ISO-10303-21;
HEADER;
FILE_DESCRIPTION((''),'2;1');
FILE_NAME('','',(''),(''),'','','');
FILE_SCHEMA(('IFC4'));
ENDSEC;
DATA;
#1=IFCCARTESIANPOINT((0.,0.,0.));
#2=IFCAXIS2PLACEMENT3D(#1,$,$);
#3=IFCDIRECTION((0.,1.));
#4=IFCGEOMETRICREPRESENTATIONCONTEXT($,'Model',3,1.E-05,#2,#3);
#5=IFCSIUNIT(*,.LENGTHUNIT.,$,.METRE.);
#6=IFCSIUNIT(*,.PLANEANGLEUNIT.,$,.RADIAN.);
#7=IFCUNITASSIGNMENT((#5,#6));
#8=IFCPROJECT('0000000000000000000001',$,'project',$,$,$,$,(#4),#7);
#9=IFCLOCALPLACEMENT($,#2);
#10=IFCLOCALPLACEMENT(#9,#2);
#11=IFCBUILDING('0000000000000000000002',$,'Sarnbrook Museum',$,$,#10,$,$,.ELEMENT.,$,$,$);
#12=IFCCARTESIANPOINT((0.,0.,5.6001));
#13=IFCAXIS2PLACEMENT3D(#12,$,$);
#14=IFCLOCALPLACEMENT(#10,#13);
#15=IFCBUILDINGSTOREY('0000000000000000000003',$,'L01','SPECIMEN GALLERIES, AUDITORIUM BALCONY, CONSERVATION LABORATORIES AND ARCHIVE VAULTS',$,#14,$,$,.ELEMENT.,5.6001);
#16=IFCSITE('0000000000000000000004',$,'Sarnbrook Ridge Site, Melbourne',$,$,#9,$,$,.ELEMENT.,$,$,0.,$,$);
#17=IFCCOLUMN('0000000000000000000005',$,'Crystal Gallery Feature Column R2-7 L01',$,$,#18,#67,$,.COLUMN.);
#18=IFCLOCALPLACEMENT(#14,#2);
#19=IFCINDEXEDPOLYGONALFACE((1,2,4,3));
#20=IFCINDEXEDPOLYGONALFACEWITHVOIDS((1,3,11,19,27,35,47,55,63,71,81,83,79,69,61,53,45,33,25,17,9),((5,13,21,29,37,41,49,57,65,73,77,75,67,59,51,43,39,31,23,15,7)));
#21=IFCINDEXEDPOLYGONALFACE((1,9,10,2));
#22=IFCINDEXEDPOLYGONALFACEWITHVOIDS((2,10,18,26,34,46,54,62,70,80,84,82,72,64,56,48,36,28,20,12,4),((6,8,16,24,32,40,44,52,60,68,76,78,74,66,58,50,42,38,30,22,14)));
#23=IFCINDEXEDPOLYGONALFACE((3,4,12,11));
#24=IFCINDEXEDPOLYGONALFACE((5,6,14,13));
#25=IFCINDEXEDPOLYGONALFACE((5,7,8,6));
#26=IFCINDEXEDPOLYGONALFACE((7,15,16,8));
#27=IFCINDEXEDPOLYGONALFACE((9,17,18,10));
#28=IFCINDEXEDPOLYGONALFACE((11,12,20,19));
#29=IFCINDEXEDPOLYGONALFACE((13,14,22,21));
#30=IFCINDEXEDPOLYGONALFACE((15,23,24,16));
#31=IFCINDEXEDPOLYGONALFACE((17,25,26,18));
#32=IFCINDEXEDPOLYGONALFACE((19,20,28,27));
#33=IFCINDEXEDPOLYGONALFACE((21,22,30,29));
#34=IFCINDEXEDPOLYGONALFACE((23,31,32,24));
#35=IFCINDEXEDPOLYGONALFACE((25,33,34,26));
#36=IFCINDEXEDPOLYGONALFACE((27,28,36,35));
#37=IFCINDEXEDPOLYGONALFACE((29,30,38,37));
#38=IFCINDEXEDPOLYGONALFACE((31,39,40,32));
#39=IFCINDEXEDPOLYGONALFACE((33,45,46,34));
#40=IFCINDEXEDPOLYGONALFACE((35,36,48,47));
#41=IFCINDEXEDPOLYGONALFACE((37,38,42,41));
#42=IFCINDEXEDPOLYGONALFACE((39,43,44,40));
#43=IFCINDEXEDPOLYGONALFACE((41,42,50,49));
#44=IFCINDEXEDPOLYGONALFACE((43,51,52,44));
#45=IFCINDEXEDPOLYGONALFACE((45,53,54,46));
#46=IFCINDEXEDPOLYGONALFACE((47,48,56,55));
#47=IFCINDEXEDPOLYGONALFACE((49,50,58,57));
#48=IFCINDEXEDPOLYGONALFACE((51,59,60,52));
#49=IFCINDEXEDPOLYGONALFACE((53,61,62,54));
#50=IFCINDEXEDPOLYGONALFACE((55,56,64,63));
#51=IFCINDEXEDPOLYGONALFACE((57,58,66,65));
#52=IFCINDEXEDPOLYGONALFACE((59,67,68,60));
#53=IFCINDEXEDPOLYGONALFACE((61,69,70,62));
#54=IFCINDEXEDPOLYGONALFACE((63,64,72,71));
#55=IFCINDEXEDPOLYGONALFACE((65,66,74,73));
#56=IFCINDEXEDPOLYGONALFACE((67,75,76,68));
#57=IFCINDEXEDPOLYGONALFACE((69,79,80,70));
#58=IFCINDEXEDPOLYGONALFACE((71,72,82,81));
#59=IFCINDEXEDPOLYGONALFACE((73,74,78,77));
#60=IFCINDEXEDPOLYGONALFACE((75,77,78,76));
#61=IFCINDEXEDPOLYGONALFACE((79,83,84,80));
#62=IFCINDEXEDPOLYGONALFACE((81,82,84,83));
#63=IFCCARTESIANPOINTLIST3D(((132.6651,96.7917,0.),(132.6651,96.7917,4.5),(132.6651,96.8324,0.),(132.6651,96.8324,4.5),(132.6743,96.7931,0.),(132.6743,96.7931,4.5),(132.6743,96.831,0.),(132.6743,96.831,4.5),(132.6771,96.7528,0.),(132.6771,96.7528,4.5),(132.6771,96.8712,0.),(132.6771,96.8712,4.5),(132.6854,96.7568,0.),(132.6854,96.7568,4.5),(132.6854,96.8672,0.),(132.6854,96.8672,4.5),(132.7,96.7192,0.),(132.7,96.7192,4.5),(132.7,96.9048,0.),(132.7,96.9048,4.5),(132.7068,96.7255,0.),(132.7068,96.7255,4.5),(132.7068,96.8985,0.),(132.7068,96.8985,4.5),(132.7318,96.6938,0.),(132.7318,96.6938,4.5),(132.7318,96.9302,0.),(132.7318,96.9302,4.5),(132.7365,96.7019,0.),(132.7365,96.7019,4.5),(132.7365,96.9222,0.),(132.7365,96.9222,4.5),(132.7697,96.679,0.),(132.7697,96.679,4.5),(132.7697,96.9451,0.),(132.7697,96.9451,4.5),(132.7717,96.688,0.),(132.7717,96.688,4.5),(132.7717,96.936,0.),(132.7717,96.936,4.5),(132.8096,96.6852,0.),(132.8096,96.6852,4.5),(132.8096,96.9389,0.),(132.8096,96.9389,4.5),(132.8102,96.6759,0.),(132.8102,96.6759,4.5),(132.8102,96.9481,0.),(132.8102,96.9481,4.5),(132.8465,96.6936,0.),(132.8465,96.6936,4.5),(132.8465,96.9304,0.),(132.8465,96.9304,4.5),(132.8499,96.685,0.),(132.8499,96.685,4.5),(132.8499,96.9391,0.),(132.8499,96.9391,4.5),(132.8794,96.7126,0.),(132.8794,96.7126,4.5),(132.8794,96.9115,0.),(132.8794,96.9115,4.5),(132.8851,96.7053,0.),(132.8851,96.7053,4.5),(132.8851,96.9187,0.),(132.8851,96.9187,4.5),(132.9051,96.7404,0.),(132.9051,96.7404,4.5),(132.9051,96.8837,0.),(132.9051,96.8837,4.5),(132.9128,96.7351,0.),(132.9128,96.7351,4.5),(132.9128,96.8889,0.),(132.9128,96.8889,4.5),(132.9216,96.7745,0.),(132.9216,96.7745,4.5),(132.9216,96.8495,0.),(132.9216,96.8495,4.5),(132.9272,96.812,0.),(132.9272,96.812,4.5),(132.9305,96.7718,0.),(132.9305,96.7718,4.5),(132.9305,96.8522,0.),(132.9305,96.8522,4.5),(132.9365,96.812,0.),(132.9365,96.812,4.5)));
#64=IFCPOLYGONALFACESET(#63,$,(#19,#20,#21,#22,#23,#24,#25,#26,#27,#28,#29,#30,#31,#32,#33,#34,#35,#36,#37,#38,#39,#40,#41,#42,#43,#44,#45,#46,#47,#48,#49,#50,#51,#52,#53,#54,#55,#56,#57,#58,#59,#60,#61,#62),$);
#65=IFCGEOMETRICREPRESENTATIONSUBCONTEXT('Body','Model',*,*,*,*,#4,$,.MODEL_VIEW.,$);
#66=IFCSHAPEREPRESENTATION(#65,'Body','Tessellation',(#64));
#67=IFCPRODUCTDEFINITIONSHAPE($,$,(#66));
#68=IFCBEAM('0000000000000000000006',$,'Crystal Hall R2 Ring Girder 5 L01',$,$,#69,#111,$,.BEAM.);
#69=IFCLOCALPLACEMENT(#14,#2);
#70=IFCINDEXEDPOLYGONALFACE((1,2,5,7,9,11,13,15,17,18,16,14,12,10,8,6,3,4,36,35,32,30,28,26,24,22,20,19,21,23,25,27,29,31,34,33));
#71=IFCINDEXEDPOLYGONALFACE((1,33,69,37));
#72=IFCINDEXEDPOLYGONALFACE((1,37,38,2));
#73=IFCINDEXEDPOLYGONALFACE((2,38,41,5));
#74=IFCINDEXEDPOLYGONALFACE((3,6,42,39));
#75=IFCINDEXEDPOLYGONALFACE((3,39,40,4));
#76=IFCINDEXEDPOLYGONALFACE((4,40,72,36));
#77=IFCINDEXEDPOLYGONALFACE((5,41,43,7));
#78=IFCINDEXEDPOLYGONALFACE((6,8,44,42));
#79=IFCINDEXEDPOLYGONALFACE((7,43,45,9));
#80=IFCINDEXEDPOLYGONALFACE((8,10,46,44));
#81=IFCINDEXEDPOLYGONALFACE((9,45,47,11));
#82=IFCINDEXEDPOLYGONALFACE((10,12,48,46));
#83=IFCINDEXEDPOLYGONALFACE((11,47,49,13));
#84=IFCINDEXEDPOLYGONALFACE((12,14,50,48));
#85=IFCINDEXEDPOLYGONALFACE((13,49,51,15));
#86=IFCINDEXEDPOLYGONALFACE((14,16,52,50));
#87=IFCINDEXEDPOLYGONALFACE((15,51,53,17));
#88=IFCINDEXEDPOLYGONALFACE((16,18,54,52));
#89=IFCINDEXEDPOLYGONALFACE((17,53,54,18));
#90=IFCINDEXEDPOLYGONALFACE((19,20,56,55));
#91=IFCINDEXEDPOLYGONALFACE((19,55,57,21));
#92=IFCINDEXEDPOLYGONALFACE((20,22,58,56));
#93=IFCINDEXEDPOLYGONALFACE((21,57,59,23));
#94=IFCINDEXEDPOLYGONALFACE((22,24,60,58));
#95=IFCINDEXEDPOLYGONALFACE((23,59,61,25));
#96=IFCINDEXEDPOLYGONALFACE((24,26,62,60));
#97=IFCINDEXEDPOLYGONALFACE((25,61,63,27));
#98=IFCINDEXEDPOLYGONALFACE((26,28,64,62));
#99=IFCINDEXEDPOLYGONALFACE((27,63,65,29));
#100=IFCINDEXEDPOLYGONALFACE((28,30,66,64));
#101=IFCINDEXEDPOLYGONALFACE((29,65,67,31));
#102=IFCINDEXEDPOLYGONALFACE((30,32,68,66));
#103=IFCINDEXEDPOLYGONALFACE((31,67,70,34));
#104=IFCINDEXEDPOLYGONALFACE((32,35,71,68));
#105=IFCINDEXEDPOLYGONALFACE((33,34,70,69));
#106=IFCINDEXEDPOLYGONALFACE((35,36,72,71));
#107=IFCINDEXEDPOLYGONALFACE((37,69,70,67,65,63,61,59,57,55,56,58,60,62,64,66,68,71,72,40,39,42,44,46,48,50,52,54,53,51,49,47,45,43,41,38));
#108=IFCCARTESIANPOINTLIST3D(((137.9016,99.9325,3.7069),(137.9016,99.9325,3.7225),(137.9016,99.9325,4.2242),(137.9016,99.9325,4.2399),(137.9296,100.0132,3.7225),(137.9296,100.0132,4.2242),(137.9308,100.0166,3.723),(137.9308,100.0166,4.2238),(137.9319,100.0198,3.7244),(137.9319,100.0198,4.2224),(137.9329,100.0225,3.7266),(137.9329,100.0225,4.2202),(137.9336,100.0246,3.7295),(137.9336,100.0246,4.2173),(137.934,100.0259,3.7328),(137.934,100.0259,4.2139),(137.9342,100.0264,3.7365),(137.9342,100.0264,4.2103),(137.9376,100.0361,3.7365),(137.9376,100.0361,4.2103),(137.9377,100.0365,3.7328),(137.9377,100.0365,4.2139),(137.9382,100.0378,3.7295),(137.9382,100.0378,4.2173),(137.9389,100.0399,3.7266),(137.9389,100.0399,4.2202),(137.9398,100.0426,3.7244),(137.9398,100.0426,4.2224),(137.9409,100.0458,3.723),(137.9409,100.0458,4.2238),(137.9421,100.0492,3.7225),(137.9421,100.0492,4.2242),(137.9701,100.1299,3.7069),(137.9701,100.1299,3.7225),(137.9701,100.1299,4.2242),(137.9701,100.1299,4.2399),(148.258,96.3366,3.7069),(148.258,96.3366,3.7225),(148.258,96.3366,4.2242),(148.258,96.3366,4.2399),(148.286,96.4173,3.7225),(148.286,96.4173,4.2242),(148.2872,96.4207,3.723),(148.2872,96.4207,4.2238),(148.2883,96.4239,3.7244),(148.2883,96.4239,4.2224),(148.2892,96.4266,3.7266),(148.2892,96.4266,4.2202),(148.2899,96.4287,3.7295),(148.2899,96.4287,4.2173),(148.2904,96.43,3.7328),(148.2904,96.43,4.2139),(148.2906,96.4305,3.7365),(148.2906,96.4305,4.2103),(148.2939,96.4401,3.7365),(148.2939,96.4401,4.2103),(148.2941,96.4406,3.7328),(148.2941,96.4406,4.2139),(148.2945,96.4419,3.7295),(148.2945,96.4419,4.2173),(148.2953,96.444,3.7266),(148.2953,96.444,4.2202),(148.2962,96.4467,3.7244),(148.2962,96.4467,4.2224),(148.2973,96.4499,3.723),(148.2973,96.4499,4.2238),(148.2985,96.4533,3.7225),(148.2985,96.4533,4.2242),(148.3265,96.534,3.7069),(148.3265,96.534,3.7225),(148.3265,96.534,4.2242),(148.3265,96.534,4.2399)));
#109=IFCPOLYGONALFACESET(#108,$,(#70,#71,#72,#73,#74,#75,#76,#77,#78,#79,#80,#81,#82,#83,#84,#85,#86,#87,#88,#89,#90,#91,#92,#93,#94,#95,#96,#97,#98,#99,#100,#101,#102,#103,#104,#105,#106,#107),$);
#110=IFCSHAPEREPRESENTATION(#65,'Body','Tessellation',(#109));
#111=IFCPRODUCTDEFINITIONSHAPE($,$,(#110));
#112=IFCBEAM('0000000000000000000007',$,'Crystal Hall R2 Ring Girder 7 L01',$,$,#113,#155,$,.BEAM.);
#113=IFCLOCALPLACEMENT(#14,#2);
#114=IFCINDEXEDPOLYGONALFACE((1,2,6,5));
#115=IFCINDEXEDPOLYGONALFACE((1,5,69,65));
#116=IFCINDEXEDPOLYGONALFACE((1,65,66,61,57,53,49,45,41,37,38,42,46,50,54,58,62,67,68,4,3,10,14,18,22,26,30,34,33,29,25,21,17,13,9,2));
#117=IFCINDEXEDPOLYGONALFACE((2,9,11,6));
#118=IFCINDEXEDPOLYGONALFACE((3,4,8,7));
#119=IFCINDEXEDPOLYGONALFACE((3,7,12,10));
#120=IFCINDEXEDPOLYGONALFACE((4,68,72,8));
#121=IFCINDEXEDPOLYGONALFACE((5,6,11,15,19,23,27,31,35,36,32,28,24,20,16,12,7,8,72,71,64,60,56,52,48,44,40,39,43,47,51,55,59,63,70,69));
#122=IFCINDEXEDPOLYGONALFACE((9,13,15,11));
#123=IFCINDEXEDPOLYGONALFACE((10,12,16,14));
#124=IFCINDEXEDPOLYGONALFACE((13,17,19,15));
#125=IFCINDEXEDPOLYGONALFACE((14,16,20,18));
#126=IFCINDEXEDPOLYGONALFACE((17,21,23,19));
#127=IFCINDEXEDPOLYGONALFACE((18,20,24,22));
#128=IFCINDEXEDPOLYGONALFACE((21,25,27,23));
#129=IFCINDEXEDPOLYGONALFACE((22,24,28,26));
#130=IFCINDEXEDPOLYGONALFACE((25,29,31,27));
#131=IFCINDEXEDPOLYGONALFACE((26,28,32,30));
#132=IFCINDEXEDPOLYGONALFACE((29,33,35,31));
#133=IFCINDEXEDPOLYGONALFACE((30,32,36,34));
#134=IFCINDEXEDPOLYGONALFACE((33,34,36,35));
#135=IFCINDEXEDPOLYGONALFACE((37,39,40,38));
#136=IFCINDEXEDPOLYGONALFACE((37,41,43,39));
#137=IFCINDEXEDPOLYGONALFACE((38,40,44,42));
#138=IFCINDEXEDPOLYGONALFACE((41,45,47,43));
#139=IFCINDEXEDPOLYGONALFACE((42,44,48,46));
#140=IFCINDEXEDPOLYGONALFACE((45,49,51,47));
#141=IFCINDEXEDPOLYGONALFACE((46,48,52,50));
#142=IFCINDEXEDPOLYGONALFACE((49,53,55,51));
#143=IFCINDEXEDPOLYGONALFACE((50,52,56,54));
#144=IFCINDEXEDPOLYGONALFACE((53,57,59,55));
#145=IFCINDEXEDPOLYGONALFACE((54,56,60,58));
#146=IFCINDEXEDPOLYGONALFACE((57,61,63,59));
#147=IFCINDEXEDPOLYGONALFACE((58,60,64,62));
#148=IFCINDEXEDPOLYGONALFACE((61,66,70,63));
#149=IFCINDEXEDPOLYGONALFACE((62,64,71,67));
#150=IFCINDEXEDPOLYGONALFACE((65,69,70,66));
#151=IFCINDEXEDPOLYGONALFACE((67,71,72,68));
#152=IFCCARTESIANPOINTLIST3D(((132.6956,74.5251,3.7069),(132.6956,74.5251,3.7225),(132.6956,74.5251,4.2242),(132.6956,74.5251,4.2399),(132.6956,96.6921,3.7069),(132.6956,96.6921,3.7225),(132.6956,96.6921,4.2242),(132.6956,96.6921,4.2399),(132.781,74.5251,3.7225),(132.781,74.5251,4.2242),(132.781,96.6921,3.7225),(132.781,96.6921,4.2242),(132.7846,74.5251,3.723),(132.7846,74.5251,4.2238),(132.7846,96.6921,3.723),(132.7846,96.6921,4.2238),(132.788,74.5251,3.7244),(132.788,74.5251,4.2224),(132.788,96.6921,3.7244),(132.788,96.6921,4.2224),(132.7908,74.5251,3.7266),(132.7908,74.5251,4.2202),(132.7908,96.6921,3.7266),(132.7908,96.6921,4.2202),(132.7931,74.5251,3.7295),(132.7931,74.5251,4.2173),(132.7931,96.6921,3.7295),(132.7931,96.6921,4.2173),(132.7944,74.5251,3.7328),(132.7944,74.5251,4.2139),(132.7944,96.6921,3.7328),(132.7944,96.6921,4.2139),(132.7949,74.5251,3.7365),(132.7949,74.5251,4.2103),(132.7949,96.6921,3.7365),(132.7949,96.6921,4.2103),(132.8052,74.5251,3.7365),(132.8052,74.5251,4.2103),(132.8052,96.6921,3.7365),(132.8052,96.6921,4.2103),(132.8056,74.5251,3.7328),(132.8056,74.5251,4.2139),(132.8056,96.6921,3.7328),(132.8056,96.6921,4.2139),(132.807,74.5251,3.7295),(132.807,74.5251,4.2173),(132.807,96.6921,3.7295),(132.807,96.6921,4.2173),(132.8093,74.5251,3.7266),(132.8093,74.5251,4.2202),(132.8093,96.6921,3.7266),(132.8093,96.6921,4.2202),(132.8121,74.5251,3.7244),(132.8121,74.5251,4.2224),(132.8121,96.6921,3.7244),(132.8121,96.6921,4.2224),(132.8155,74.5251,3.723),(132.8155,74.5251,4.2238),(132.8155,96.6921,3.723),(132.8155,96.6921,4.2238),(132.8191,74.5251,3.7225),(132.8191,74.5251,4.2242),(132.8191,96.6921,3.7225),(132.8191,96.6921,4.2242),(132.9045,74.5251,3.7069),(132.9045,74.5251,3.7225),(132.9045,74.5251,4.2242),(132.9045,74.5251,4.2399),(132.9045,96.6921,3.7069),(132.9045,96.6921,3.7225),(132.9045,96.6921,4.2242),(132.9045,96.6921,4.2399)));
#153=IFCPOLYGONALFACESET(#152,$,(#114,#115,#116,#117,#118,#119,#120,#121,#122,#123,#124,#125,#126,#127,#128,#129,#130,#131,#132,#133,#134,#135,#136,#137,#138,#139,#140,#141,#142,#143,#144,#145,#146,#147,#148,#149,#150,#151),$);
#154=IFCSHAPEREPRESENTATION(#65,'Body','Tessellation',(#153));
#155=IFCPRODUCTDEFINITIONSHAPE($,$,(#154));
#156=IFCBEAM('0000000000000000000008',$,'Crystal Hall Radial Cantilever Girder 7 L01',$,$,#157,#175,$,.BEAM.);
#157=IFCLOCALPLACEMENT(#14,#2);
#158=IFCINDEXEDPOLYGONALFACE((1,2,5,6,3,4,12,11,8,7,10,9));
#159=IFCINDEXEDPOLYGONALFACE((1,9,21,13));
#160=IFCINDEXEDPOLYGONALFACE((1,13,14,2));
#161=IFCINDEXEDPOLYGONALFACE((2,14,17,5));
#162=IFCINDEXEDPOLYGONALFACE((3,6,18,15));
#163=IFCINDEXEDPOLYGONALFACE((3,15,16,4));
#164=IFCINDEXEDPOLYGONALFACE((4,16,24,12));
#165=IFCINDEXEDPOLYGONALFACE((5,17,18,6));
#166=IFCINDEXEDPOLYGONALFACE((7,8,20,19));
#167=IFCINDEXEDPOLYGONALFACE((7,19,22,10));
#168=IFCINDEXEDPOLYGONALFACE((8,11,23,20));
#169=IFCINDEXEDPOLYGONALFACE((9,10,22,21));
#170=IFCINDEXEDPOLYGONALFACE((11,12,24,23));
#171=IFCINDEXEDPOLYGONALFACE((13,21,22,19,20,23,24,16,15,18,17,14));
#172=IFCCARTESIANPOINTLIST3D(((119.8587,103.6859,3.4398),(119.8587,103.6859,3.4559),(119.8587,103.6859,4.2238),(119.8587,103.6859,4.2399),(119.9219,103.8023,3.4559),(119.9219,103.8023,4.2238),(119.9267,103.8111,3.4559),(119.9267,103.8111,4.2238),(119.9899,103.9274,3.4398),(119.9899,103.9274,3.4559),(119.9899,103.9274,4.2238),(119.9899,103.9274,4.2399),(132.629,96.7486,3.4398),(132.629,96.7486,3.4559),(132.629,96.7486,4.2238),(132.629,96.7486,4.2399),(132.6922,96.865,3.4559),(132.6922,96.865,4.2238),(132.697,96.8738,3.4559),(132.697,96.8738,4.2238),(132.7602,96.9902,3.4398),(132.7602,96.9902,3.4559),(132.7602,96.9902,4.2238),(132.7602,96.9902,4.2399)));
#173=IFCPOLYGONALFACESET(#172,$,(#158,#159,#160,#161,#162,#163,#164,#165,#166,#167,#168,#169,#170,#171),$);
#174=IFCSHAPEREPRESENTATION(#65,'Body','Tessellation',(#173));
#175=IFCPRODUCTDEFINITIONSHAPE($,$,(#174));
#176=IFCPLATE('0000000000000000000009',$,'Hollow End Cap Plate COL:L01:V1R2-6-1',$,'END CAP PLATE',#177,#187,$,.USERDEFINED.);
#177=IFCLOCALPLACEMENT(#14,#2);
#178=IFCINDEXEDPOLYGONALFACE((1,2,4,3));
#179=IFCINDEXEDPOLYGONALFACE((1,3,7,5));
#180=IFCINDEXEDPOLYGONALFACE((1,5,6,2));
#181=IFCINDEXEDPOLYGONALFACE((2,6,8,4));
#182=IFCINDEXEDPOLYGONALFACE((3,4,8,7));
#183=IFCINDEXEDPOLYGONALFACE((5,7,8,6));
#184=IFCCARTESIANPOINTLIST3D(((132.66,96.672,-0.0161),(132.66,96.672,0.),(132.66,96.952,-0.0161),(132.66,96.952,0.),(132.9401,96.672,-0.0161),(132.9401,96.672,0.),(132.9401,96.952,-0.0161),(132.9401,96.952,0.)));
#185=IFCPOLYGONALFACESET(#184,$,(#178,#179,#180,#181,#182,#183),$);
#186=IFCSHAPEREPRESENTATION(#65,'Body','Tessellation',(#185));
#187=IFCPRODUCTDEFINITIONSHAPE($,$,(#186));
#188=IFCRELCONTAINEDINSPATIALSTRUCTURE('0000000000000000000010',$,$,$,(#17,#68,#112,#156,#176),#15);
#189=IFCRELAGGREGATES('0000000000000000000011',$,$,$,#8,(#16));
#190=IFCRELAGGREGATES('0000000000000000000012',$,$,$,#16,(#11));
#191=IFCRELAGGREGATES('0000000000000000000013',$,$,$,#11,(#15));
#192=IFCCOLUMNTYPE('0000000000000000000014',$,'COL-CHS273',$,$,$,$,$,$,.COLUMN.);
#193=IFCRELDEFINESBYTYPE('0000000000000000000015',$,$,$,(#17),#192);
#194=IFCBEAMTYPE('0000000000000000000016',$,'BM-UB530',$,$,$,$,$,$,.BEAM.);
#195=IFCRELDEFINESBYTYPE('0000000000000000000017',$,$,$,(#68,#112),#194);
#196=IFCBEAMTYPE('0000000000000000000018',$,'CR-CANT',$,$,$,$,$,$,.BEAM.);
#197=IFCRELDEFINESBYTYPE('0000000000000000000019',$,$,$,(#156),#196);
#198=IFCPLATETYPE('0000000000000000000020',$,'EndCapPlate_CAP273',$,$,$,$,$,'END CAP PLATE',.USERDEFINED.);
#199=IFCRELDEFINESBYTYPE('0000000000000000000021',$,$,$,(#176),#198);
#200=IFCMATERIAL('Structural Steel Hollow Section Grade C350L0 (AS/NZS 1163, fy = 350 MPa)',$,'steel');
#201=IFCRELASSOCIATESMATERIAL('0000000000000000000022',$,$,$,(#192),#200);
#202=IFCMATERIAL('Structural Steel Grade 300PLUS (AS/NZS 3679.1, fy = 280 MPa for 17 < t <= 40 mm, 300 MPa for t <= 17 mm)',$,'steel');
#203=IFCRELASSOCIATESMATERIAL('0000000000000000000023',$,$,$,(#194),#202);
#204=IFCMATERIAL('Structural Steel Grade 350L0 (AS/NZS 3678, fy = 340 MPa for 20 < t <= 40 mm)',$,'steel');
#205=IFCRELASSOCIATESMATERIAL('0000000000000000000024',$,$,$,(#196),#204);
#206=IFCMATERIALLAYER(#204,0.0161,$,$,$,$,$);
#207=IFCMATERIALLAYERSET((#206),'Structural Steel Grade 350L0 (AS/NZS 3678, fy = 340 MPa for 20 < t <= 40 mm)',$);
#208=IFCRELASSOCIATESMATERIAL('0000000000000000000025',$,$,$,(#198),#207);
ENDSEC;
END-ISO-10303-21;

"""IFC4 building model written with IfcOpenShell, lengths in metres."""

from ifc_helpers import new_model, si_unit, direction, frame, origin, origin_2d, place, context, subcontext, project, spatial, rectangle, hollow_circle, i_section, extrude, material, layer, layer_set, material_profile, profile_set, type_object, element, save


model = new_model("IFC4")

# Units and contexts
model_context = context("Model", 3, precision=1e-05, world=origin(), true_north=direction((0.0, 1.0)))
body_context = subcontext(model_context, "Body", "Model", "MODEL_VIEW")
ifc_project = project(units=[si_unit("LENGTHUNIT", "METRE"), si_unit("PLANEANGLEUNIT", "RADIAN")], contexts=[model_context])

# Site, building, storey
site_placement = place(None, origin())
site = spatial("IfcSite", under=ifc_project, at=site_placement, Name="Sarnbrook Ridge Site, Melbourne", CompositionType="ELEMENT", RefElevation=0.0)
building_placement = place(site_placement, origin())
building = spatial("IfcBuilding", under=site, at=building_placement, Name="Sarnbrook Museum", CompositionType="ELEMENT")
storey_placement = place(building_placement, frame((0.0, 0.0, 5.6001)))
storey = spatial("IfcBuildingStorey", under=building, at=storey_placement, Name="L01", Description="SPECIMEN GALLERIES, AUDITORIUM BALCONY, CONSERVATION LABORATORIES AND ARCHIVE VAULTS", CompositionType="ELEMENT", Elevation=5.6001)

# Column
ifc_material_1 = material(Name="Structural Steel Hollow Section Grade C350L0 (AS/NZS 1163, fy = 350 MPa)", Category="steel")
ifc_material_profile_1 = material_profile(ifc_material_1, hollow_circle(Radius=0.1365, WallThickness=0.0093, at=origin_2d()), Name="273.1x9.3CHS")
ifc_profile_set_1 = profile_set([ifc_material_profile_1], Name="Structural Steel Hollow Section Grade C350L0 (AS/NZS 1163, fy = 350 MPa)")
column_type = type_object("IfcColumnType", Name="COL-CHS273", PredefinedType="COLUMN", material=ifc_profile_set_1)
column_placement = place(storey_placement, frame((132.8, 96.812, 0.0), z_axis=(0.0, 0.0, 1.0), x_axis=(1.0, 0.0, 0.0)))
element("IfcColumn", 1, at=column_placement, inside=storey, type_object=column_type, Name="Crystal Gallery Feature Column R2-7 L01", PredefinedType="COLUMN", context=body_context, shape_type="SweptSolid", body=[
    extrude(hollow_circle(Radius=0.1365, WallThickness=0.0093, at=origin_2d()), origin(), (0.0, 0.0, 1.0), 4.5),
])

# Beams
ifc_material_2 = material(Name="Structural Steel Grade 300PLUS (AS/NZS 3679.1, fy = 280 MPa for 17 < t <= 40 mm, 300 MPa for t <= 17 mm)", Category="steel")
ifc_material_profile_2 = material_profile(ifc_material_2, i_section(OverallWidth=0.209, OverallDepth=0.533, WebThickness=0.0103, FlangeThickness=0.0156, FilletRadius=0.0139, at=origin_2d()), Name="530UB92.4")
ifc_profile_set_2 = profile_set([ifc_material_profile_2], Name="Structural Steel Grade 300PLUS (AS/NZS 3679.1, fy = 280 MPa for 17 < t <= 40 mm, 300 MPa for t <= 17 mm)")
beam_type_1 = type_object("IfcBeamType", Name="BM-UB530", PredefinedType="BEAM", material=ifc_profile_set_2)
beam_1_placement = place(storey_placement, frame((148.2922, 96.4353, 3.9734), z_axis=(-0.944675, 0.328008, 0.0), x_axis=(-0.328008, -0.944675, 0.0)))
element("IfcBeam", 2, at=beam_1_placement, inside=storey, type_object=beam_type_1, Name="Crystal Hall R2 Ring Girder 5 L01", PredefinedType="BEAM", context=body_context, shape_type="SweptSolid", body=[
    extrude(i_section(OverallWidth=0.209, OverallDepth=0.533, WebThickness=0.0103, FlangeThickness=0.0156, FilletRadius=0.0139, at=origin_2d()), origin(), (0.0, 0.0, 1.0), 10.9629),
])
beam_2_placement = place(storey_placement, frame((132.8, 96.6921, 3.9734), z_axis=(0.0, -1.0, 0.0), x_axis=(1.0, 0.0, 0.0)))
element("IfcBeam", 3, at=beam_2_placement, inside=storey, type_object=beam_type_1, Name="Crystal Hall R2 Ring Girder 7 L01", PredefinedType="BEAM", context=body_context, shape_type="SweptSolid", body=[
    extrude(i_section(OverallWidth=0.209, OverallDepth=0.533, WebThickness=0.0103, FlangeThickness=0.0156, FilletRadius=0.0139, at=origin_2d()), origin(), (0.0, 0.0, 1.0), 22.167),
])
ifc_material_3 = material(Name="Structural Steel Grade 350L0 (AS/NZS 3678, fy = 340 MPa for 20 < t <= 40 mm)", Category="steel")
ifc_material_profile_3 = material_profile(ifc_material_3, i_section(OverallWidth=0.2749, OverallDepth=0.8, WebThickness=0.01, FlangeThickness=0.0161, at=origin_2d()), Name="800WB146")
ifc_profile_set_3 = profile_set([ifc_material_profile_3], Name="Structural Steel Grade 350L0 (AS/NZS 3678, fy = 340 MPa for 20 < t <= 40 mm)")
beam_type_2 = type_object("IfcBeamType", Name="CR-CANT", PredefinedType="BEAM", material=ifc_profile_set_3)
beam_3_placement = place(storey_placement, frame((132.6946, 96.8694, 3.8398), z_axis=(-0.878714, 0.477348, 0.0), x_axis=(-0.477348, -0.878714, 0.0)))
element("IfcBeam", 4, at=beam_3_placement, inside=storey, type_object=beam_type_2, Name="Crystal Hall Radial Cantilever Girder 7 L01", PredefinedType="BEAM", context=body_context, shape_type="SweptSolid", body=[
    extrude(i_section(OverallWidth=0.2749, OverallDepth=0.8, WebThickness=0.01, FlangeThickness=0.0161, at=origin_2d()), origin(), (0.0, 0.0, 1.0), 14.533),
])

# Plate
ifc_layer_1 = layer(ifc_material_3, 0.0161)
ifc_layer_set_1 = layer_set([ifc_layer_1], Name="Structural Steel Grade 350L0 (AS/NZS 3678, fy = 340 MPa for 20 < t <= 40 mm)")
plate_type = type_object("IfcPlateType", Name="EndCapPlate_CAP273", ElementType="END CAP PLATE", PredefinedType="USERDEFINED", material=ifc_layer_set_1)
for number, where, z_axis, x_axis, name in (
    (5, (132.8, 96.812, -0.0161), (0.0, 0.0, 1.0), (1.0, 0.0, 0.0), "Hollow End Cap Plate COL:L01:V1R2-6-1"),
):
    element("IfcPlate", number, at=place(storey_placement, frame(where, z_axis=z_axis, x_axis=x_axis)), inside=storey, type_object=plate_type, Name=name, ObjectType="END CAP PLATE", PredefinedType="USERDEFINED", context=body_context, shape_type="SweptSolid", body=[
        extrude(rectangle(XDim=0.28, YDim=0.28, at=origin_2d()), origin(), (0.0, 0.0, 1.0), 0.0161),
    ])

save(model, "model.ifc")
